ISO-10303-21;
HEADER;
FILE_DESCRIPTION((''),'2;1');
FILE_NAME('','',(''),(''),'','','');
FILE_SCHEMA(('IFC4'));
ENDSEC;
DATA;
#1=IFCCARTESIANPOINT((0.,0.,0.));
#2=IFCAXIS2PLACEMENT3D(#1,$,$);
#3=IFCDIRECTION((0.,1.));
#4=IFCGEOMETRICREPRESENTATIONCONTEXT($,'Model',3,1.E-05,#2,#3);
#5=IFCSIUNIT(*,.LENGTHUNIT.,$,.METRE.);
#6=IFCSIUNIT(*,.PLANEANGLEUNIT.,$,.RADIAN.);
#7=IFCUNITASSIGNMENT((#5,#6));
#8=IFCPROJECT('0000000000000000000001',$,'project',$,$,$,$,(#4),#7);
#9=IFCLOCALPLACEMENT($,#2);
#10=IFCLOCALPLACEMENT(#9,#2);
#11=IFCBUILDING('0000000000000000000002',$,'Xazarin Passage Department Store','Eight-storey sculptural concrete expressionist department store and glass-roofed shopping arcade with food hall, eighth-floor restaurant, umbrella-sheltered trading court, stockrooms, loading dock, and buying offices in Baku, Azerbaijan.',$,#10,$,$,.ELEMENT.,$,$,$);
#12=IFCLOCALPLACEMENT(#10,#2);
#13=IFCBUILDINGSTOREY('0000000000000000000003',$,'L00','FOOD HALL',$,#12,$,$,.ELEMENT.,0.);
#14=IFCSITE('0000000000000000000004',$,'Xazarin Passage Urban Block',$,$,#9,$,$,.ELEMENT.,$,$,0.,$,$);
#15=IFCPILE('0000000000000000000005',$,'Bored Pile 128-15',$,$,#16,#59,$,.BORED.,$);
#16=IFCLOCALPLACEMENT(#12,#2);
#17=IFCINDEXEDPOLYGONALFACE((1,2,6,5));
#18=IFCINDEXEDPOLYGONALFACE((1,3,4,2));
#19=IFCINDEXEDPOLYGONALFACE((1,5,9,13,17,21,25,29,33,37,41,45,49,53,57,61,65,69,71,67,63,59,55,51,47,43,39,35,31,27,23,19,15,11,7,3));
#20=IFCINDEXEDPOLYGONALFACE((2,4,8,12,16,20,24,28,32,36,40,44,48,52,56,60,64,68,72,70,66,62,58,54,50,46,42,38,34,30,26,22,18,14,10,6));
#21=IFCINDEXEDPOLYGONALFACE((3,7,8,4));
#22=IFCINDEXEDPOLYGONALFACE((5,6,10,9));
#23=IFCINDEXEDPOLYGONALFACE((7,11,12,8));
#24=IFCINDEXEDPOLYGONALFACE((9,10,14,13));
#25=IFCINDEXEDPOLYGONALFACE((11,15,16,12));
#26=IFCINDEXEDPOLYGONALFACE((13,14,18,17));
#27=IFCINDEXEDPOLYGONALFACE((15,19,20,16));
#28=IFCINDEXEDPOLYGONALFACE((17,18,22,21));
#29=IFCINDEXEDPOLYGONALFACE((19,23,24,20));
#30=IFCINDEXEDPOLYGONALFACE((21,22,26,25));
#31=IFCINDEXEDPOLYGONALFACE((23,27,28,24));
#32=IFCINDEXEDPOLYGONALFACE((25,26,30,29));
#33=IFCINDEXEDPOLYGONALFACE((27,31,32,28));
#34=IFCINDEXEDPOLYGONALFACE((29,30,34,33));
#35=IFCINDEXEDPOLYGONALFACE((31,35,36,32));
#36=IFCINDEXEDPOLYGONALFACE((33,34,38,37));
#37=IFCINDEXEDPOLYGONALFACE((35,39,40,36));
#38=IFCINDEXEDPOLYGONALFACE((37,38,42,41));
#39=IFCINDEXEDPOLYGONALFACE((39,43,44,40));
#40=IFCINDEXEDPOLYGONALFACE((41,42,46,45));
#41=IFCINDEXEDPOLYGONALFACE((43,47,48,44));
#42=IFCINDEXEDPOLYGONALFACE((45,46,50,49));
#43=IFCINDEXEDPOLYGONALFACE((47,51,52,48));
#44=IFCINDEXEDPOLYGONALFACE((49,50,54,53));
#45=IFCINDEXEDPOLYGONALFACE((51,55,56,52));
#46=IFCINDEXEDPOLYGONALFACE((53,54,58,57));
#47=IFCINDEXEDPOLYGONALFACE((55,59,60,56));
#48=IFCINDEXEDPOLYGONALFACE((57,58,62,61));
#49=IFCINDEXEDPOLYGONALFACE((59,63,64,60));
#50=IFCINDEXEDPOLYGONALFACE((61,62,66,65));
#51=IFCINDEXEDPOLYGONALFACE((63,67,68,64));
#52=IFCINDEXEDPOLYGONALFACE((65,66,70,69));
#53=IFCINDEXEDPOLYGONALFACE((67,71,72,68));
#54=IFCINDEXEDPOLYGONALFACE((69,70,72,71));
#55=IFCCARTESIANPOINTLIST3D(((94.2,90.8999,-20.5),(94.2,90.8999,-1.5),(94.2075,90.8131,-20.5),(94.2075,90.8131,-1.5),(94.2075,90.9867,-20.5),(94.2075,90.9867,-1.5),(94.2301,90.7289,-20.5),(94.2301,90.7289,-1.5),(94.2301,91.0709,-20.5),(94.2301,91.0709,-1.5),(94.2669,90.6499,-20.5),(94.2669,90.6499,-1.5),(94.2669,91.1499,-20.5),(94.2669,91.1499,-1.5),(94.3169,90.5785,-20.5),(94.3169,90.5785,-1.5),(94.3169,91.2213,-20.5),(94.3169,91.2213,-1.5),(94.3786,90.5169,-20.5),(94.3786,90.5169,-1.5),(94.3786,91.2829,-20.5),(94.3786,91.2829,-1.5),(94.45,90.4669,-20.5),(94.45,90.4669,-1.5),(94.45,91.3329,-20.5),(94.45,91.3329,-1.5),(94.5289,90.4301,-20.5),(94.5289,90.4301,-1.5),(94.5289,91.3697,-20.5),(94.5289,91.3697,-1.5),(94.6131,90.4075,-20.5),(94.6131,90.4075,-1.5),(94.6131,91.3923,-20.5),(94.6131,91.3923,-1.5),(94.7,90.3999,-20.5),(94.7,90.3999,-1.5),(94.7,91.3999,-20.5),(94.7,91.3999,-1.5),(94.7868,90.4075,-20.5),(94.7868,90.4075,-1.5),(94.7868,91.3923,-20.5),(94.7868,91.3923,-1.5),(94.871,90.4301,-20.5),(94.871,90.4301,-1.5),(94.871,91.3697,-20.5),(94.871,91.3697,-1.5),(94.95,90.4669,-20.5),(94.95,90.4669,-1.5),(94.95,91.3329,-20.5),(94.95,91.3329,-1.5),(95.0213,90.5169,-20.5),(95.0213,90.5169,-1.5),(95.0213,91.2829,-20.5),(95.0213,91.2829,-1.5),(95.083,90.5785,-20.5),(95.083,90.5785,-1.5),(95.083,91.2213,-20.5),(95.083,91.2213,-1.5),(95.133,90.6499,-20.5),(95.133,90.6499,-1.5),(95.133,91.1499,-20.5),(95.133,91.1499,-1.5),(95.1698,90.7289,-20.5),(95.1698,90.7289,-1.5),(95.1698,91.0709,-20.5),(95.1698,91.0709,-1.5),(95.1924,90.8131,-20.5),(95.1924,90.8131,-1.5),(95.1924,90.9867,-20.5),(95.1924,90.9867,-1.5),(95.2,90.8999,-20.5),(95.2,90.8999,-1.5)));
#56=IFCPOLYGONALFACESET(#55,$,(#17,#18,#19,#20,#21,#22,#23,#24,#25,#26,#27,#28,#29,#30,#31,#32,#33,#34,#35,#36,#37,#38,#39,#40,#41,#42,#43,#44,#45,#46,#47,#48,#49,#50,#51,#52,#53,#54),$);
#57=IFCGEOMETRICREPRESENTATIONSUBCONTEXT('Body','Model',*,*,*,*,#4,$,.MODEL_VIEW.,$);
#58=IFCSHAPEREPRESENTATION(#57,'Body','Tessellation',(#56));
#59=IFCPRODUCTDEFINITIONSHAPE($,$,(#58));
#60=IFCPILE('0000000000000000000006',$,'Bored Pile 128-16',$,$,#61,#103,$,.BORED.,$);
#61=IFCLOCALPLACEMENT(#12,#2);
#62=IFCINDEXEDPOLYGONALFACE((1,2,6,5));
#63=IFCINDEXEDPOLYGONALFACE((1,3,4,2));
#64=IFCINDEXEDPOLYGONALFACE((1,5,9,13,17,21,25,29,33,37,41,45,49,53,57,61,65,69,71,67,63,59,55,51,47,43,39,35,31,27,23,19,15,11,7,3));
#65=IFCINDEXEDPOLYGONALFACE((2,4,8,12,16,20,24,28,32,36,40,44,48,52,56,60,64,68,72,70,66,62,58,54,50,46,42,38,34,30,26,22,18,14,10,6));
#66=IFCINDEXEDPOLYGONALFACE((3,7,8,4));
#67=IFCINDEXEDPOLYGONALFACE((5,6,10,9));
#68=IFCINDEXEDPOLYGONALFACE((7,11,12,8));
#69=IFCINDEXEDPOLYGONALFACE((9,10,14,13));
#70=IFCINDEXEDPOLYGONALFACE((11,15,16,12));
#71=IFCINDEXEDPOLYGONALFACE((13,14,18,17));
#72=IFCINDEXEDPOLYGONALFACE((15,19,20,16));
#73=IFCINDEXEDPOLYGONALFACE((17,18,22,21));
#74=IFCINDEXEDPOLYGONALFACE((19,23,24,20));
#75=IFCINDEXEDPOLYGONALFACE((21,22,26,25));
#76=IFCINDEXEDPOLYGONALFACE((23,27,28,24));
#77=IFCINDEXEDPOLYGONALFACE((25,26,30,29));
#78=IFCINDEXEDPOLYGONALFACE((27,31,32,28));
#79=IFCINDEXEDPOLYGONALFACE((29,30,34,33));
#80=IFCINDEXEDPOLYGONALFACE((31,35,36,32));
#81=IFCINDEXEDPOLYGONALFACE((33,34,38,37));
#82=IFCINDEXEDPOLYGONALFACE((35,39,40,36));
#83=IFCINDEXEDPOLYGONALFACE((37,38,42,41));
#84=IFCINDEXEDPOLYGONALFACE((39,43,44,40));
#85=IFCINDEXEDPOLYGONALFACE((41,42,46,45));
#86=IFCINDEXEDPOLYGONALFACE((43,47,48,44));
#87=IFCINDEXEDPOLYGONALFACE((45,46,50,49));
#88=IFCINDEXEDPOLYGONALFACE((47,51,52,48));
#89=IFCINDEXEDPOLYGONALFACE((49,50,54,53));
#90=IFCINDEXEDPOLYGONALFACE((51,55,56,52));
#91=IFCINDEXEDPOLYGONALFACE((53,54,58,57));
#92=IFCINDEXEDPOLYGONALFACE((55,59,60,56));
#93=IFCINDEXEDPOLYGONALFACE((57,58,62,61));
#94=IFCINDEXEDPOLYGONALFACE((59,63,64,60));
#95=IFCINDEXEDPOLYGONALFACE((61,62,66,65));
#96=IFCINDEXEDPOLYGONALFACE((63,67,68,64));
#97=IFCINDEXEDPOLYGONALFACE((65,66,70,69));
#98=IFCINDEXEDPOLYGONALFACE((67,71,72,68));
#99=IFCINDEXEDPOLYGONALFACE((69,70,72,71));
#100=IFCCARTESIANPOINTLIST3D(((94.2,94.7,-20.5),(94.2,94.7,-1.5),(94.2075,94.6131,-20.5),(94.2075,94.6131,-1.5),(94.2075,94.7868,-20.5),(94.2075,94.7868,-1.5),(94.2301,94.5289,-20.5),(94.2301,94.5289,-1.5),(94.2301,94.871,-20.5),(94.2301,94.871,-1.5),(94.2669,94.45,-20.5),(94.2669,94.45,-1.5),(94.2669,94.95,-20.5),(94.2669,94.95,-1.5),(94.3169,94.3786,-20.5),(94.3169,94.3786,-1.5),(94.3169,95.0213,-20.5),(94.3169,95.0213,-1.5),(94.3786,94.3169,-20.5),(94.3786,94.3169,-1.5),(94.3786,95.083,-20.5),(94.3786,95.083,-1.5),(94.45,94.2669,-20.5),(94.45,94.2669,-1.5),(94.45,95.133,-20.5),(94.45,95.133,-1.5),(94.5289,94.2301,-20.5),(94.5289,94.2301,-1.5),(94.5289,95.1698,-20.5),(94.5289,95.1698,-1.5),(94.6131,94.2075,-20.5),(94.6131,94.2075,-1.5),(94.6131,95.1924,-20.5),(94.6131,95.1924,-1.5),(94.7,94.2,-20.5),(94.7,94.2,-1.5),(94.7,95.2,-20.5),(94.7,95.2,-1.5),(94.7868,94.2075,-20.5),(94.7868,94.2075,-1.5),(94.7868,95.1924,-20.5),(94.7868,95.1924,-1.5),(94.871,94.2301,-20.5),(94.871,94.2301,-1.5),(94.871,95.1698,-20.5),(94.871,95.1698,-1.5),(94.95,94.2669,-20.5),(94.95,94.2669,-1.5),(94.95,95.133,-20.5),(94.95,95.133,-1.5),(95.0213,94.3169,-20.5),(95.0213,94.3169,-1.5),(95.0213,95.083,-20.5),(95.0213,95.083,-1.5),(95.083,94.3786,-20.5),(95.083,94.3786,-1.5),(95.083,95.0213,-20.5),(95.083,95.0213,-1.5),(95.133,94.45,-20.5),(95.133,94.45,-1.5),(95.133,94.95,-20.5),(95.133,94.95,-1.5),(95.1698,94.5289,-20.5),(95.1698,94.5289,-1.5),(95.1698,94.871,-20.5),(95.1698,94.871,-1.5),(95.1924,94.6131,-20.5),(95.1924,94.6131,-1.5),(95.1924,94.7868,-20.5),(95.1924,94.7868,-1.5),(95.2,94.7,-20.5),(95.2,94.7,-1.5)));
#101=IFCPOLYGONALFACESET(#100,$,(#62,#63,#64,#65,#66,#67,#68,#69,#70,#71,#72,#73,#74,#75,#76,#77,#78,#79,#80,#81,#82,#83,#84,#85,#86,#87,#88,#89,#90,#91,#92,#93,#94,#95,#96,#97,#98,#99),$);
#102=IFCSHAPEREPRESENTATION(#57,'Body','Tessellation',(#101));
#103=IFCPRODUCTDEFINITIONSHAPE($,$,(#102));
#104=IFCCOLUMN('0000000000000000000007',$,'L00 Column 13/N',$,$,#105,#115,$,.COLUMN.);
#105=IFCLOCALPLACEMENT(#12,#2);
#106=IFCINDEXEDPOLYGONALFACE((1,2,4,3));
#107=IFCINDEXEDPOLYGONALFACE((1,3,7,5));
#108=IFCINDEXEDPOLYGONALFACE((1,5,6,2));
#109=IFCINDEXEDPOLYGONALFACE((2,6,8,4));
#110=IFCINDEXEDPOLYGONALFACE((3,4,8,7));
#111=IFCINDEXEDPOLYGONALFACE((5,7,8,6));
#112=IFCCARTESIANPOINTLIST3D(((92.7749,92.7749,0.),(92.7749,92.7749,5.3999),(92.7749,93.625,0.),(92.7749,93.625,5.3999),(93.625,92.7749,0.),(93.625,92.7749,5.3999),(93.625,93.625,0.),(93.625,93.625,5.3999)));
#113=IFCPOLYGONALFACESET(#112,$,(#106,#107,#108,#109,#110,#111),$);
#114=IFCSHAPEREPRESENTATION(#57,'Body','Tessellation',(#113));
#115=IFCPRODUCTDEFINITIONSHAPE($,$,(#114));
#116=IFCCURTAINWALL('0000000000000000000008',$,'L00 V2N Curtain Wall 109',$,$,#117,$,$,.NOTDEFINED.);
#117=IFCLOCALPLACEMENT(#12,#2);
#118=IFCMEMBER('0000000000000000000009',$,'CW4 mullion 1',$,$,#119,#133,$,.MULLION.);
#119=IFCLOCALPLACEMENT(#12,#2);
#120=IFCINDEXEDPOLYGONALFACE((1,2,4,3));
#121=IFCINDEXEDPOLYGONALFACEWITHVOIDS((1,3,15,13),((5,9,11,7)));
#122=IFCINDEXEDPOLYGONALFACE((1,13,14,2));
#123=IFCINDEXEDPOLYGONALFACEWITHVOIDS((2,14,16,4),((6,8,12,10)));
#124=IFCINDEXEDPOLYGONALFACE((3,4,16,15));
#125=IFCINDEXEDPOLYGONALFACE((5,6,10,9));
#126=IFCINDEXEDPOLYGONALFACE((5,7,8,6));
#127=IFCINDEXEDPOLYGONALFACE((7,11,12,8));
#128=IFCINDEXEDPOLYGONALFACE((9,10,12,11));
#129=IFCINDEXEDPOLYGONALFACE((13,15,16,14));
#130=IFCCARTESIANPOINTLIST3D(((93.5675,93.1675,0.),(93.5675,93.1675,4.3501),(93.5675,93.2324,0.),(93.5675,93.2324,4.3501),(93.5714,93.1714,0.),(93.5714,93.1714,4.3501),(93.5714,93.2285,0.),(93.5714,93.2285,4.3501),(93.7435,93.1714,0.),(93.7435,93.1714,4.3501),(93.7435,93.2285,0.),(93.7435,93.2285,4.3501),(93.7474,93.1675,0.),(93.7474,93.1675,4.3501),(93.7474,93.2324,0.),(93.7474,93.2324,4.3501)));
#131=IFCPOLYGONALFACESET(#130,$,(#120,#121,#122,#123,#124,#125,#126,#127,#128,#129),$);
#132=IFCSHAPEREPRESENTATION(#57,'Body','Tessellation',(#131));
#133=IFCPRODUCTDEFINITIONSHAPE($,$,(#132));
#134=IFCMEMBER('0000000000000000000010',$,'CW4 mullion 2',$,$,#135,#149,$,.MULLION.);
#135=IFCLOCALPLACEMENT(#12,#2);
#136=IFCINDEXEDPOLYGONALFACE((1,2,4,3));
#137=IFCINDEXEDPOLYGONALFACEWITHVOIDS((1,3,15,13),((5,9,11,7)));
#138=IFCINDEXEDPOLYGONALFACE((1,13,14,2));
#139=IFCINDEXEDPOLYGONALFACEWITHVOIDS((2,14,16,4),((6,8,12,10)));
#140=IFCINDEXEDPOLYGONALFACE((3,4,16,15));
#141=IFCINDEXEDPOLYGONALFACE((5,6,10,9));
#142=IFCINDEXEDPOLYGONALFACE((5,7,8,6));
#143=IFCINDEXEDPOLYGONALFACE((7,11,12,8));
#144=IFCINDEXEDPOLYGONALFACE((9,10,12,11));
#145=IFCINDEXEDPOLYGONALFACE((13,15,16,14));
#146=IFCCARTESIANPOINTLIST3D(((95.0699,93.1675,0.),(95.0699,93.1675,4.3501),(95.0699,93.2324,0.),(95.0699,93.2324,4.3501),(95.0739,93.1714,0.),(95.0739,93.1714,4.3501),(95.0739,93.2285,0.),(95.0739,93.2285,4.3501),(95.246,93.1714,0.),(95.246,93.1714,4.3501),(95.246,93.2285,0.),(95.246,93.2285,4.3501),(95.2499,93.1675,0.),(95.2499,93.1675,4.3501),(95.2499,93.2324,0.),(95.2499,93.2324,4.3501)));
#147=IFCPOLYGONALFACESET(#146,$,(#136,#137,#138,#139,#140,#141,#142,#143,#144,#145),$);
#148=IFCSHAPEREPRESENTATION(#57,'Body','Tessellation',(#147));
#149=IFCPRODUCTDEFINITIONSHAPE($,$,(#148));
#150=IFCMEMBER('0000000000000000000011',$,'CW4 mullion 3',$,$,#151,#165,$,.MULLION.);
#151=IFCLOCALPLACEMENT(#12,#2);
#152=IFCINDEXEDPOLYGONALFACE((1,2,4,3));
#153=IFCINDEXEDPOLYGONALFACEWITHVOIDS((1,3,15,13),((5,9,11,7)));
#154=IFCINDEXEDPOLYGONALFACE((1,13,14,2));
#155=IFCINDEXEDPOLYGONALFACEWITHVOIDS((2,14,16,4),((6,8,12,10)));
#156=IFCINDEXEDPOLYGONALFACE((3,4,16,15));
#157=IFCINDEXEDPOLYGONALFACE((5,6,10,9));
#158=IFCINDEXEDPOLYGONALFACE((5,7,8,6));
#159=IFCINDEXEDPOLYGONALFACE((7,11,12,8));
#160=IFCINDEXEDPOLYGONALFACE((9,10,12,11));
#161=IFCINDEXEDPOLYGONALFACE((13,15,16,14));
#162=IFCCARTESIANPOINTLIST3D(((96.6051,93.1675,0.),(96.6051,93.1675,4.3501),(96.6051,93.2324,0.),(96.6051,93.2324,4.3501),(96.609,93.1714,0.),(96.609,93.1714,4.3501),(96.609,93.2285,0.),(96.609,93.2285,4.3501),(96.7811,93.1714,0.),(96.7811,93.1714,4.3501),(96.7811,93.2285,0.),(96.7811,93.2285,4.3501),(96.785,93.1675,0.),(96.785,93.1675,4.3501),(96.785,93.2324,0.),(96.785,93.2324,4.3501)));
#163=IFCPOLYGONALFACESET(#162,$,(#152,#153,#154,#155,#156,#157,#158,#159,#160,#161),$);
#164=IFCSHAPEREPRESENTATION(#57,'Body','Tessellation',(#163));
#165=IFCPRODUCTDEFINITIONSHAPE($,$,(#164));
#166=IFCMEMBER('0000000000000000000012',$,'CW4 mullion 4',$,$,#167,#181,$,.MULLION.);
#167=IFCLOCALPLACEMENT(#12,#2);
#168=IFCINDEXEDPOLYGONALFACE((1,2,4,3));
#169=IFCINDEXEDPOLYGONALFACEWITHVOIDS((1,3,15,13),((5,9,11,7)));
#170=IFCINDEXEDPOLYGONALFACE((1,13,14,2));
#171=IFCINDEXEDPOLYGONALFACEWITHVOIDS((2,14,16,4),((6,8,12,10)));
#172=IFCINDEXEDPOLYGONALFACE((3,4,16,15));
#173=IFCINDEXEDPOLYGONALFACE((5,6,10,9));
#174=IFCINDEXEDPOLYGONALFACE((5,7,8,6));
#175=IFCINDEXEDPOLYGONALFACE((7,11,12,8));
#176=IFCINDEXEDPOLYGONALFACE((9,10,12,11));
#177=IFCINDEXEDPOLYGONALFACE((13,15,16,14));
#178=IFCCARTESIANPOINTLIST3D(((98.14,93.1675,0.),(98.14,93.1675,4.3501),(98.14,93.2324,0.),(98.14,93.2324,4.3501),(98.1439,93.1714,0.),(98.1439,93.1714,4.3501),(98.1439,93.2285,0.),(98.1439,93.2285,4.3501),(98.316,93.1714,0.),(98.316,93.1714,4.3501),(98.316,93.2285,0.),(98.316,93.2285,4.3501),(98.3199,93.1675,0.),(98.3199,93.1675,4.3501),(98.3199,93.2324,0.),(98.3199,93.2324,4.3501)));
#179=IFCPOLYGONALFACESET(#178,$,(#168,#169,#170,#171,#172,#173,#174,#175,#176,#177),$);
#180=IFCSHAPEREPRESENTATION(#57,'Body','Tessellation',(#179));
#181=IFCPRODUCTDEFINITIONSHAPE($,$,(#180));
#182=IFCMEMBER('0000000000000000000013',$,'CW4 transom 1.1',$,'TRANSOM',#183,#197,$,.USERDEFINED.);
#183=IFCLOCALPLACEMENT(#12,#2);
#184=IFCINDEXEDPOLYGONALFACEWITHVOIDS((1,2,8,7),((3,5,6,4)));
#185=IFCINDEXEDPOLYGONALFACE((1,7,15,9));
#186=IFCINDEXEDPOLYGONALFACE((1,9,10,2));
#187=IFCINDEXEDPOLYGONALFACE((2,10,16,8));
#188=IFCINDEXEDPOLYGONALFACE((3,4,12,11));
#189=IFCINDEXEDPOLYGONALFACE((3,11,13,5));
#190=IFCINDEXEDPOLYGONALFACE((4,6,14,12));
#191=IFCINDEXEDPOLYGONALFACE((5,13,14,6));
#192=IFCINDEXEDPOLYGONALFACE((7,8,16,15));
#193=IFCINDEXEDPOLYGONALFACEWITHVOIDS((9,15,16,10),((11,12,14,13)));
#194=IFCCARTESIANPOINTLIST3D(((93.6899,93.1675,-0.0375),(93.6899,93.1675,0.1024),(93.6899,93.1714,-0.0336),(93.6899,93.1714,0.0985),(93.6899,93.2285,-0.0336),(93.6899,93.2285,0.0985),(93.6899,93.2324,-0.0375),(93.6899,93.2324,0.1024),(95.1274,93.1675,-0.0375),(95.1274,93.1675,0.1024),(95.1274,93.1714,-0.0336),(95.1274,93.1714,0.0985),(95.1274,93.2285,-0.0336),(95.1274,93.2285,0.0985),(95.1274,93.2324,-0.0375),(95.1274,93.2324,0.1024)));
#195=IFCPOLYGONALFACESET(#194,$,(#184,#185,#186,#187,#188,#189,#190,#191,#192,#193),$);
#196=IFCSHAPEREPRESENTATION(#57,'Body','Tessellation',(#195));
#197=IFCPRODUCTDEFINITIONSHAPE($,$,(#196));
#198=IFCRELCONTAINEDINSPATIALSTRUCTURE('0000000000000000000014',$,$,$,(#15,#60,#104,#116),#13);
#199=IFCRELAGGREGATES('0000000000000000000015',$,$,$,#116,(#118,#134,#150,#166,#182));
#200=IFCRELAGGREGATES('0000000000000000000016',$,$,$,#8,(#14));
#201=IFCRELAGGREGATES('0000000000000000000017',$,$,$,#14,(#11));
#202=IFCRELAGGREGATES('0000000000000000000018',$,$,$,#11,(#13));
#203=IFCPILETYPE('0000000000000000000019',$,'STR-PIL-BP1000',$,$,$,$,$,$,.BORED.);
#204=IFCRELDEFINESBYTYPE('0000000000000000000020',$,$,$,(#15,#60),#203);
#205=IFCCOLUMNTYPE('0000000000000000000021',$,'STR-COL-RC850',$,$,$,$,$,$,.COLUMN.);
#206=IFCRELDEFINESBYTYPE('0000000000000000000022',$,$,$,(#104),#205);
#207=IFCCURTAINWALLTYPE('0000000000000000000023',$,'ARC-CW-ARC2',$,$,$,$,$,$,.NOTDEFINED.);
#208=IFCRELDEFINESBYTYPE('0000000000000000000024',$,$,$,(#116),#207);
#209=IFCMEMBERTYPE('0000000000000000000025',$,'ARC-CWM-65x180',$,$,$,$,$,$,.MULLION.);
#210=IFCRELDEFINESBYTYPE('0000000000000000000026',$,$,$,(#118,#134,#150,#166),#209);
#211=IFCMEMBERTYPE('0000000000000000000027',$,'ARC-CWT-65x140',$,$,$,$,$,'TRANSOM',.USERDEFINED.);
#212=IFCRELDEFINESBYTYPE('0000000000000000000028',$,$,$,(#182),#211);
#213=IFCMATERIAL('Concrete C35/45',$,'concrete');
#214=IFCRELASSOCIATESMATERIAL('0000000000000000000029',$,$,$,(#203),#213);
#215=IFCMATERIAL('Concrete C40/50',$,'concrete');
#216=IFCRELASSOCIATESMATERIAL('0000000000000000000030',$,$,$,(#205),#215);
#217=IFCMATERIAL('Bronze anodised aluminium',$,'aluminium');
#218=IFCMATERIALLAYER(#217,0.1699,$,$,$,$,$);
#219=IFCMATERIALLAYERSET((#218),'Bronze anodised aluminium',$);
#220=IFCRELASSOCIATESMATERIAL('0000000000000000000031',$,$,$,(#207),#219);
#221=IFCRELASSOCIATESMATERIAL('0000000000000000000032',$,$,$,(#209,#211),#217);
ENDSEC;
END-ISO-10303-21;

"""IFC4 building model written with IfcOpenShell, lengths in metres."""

from ifc_helpers import new_model, si_unit, direction, frame, origin, origin_2d, place, context, subcontext, project, spatial, rectangle, hollow_rectangle, circle, extrude, material, layer, layer_set, material_profile, profile_set, type_object, element, aggregate, save


model = new_model("IFC4")

# Units and contexts
model_context = context("Model", 3, precision=1e-05, world=origin(), true_north=direction((0.0, 1.0)))
body_context = subcontext(model_context, "Body", "Model", "MODEL_VIEW")
ifc_project = project(units=[si_unit("LENGTHUNIT", "METRE"), si_unit("PLANEANGLEUNIT", "RADIAN")], contexts=[model_context])

# Site, building, storey
site_placement = place(None, origin())
site = spatial("IfcSite", under=ifc_project, at=site_placement, Name="Xazarin Passage Urban Block", CompositionType="ELEMENT", RefElevation=0.0)
building_placement = place(site_placement, origin())
building = spatial("IfcBuilding", under=site, at=building_placement, Name="Xazarin Passage Department Store", Description="Eight-storey sculptural concrete expressionist department store and glass-roofed shopping arcade with food hall, eighth-floor restaurant, umbrella-sheltered trading court, stockrooms, loading dock, and buying offices in Baku, Azerbaijan.", CompositionType="ELEMENT")
storey_placement = place(building_placement, origin())
storey = spatial("IfcBuildingStorey", under=building, at=storey_placement, Name="L00", Description="FOOD HALL", CompositionType="ELEMENT", Elevation=0.0)

# Piles
ifc_material_1 = material(Name="Concrete C35/45", Category="concrete")
ifc_material_profile_1 = material_profile(ifc_material_1, circle(Radius=0.5, at=origin_2d()), Name="BP 1000")
ifc_profile_set_1 = profile_set([ifc_material_profile_1], Name="Concrete C35/45")
pile_type = type_object("IfcPileType", Name="STR-PIL-BP1000", PredefinedType="BORED", material=ifc_profile_set_1)
for number, where, z_axis, x_axis, name in (
    (1, (94.7, 90.8999, -1.5), (0.0, 0.0, -1.0), (1.0, 0.0, 0.0), "Bored Pile 128-15"),
    (2, (94.7, 94.7, -1.5), (0.0, 0.0, -1.0), (1.0, 0.0, 0.0), "Bored Pile 128-16"),
):
    element("IfcPile", number, at=place(storey_placement, frame(where, z_axis=z_axis, x_axis=x_axis)), inside=storey, type_object=pile_type, Name=name, PredefinedType="BORED", context=body_context, shape_type="SweptSolid", body=[
        extrude(circle(Radius=0.5, at=origin_2d()), origin(), (0.0, 0.0, 1.0), 19.0),
    ])

# Column
ifc_material_2 = material(Name="Concrete C40/50", Category="concrete")
ifc_material_profile_2 = material_profile(ifc_material_2, rectangle(XDim=0.8501, YDim=0.8501, at=origin_2d()), Name="RC 850x850")
ifc_profile_set_2 = profile_set([ifc_material_profile_2], Name="Concrete C40/50")
column_type = type_object("IfcColumnType", Name="STR-COL-RC850", PredefinedType="COLUMN", material=ifc_profile_set_2)
column_placement = place(storey_placement, frame((93.2, 93.2, 0.0), z_axis=(0.0, 0.0, 1.0), x_axis=(1.0, 0.0, 0.0)))
element("IfcColumn", 3, at=column_placement, inside=storey, type_object=column_type, Name="L00 Column 13/N", PredefinedType="COLUMN", context=body_context, shape_type="SweptSolid", body=[
    extrude(rectangle(XDim=0.8501, YDim=0.8501, at=origin_2d()), origin(), (0.0, 0.0, 1.0), 5.3999),
])

# Curtain wall, members
ifc_material_3 = material(Name="Bronze anodised aluminium", Category="aluminium")
ifc_layer_1 = layer(ifc_material_3, 0.1699)
ifc_layer_set_1 = layer_set([ifc_layer_1], Name="Bronze anodised aluminium")
curtain_wall_type = type_object("IfcCurtainWallType", Name="ARC-CW-ARC2", PredefinedType="NOTDEFINED", material=ifc_layer_set_1)
curtain_wall_placement = place(storey_placement, origin())
curtain_wall = element("IfcCurtainWall", 4, at=curtain_wall_placement, inside=storey, type_object=curtain_wall_type, Name="L00 V2N Curtain Wall 109", PredefinedType="NOTDEFINED")
ifc_material_profile_3 = material_profile(ifc_material_3, hollow_rectangle(XDim=0.0649, YDim=0.1799, WallThickness=0.0039, at=origin_2d()), Name="ALU 65x180")
ifc_profile_set_3 = profile_set([ifc_material_profile_3], Name="Bronze anodised aluminium")
member_type_1 = type_object("IfcMemberType", Name="ARC-CWM-65x180", PredefinedType="MULLION", material=ifc_profile_set_3)
member_1_placement = place(storey_placement, frame((93.6575, 93.2, 0.0), z_axis=(0.0, 0.0, 1.0), x_axis=(0.0, 1.0, 0.0)))
member_1 = element("IfcMember", 5, at=member_1_placement, type_object=member_type_1, Name="CW4 mullion 1", PredefinedType="MULLION", context=body_context, shape_type="SweptSolid", body=[
    extrude(hollow_rectangle(XDim=0.0649, YDim=0.1799, WallThickness=0.0039, at=origin_2d()), origin(), (0.0, 0.0, 1.0), 4.3501),
])
member_2_placement = place(storey_placement, frame((95.1599, 93.2, 0.0), z_axis=(0.0, 0.0, 1.0), x_axis=(0.0, 1.0, 0.0)))
member_2 = element("IfcMember", 6, at=member_2_placement, type_object=member_type_1, Name="CW4 mullion 2", PredefinedType="MULLION", context=body_context, shape_type="SweptSolid", body=[
    extrude(hollow_rectangle(XDim=0.0649, YDim=0.1799, WallThickness=0.0039, at=origin_2d()), origin(), (0.0, 0.0, 1.0), 4.3501),
])
member_3_placement = place(storey_placement, frame((96.6951, 93.2, 0.0), z_axis=(0.0, 0.0, 1.0), x_axis=(0.0, 1.0, 0.0)))
member_3 = element("IfcMember", 7, at=member_3_placement, type_object=member_type_1, Name="CW4 mullion 3", PredefinedType="MULLION", context=body_context, shape_type="SweptSolid", body=[
    extrude(hollow_rectangle(XDim=0.0649, YDim=0.1799, WallThickness=0.0039, at=origin_2d()), origin(), (0.0, 0.0, 1.0), 4.3501),
])
member_4_placement = place(storey_placement, frame((98.23, 93.2, 0.0), z_axis=(0.0, 0.0, 1.0), x_axis=(0.0, 1.0, 0.0)))
member_4 = element("IfcMember", 8, at=member_4_placement, type_object=member_type_1, Name="CW4 mullion 4", PredefinedType="MULLION", context=body_context, shape_type="SweptSolid", body=[
    extrude(hollow_rectangle(XDim=0.0649, YDim=0.1799, WallThickness=0.0039, at=origin_2d()), origin(), (0.0, 0.0, 1.0), 4.3501),
])
ifc_material_profile_4 = material_profile(ifc_material_3, hollow_rectangle(XDim=0.0649, YDim=0.1399, WallThickness=0.0039, at=origin_2d()), Name="ALU 65x140")
ifc_profile_set_4 = profile_set([ifc_material_profile_4], Name="Bronze anodised aluminium")
member_type_2 = type_object("IfcMemberType", Name="ARC-CWT-65x140", ElementType="TRANSOM", PredefinedType="USERDEFINED", material=ifc_profile_set_4)
member_5_placement = place(storey_placement, frame((93.6899, 93.2, 0.0325), z_axis=(1.0, 0.0, 0.0), x_axis=(0.0, 1.0, 0.0)))
member_5 = element("IfcMember", 9, at=member_5_placement, type_object=member_type_2, Name="CW4 transom 1.1", ObjectType="TRANSOM", PredefinedType="USERDEFINED", context=body_context, shape_type="SweptSolid", body=[
    extrude(hollow_rectangle(XDim=0.0649, YDim=0.1399, WallThickness=0.0039, at=origin_2d()), origin(), (0.0, 0.0, 1.0), 1.4375),
])
aggregate(curtain_wall, [member_1, member_2, member_3, member_4, member_5])

save(model, "model.ifc")
